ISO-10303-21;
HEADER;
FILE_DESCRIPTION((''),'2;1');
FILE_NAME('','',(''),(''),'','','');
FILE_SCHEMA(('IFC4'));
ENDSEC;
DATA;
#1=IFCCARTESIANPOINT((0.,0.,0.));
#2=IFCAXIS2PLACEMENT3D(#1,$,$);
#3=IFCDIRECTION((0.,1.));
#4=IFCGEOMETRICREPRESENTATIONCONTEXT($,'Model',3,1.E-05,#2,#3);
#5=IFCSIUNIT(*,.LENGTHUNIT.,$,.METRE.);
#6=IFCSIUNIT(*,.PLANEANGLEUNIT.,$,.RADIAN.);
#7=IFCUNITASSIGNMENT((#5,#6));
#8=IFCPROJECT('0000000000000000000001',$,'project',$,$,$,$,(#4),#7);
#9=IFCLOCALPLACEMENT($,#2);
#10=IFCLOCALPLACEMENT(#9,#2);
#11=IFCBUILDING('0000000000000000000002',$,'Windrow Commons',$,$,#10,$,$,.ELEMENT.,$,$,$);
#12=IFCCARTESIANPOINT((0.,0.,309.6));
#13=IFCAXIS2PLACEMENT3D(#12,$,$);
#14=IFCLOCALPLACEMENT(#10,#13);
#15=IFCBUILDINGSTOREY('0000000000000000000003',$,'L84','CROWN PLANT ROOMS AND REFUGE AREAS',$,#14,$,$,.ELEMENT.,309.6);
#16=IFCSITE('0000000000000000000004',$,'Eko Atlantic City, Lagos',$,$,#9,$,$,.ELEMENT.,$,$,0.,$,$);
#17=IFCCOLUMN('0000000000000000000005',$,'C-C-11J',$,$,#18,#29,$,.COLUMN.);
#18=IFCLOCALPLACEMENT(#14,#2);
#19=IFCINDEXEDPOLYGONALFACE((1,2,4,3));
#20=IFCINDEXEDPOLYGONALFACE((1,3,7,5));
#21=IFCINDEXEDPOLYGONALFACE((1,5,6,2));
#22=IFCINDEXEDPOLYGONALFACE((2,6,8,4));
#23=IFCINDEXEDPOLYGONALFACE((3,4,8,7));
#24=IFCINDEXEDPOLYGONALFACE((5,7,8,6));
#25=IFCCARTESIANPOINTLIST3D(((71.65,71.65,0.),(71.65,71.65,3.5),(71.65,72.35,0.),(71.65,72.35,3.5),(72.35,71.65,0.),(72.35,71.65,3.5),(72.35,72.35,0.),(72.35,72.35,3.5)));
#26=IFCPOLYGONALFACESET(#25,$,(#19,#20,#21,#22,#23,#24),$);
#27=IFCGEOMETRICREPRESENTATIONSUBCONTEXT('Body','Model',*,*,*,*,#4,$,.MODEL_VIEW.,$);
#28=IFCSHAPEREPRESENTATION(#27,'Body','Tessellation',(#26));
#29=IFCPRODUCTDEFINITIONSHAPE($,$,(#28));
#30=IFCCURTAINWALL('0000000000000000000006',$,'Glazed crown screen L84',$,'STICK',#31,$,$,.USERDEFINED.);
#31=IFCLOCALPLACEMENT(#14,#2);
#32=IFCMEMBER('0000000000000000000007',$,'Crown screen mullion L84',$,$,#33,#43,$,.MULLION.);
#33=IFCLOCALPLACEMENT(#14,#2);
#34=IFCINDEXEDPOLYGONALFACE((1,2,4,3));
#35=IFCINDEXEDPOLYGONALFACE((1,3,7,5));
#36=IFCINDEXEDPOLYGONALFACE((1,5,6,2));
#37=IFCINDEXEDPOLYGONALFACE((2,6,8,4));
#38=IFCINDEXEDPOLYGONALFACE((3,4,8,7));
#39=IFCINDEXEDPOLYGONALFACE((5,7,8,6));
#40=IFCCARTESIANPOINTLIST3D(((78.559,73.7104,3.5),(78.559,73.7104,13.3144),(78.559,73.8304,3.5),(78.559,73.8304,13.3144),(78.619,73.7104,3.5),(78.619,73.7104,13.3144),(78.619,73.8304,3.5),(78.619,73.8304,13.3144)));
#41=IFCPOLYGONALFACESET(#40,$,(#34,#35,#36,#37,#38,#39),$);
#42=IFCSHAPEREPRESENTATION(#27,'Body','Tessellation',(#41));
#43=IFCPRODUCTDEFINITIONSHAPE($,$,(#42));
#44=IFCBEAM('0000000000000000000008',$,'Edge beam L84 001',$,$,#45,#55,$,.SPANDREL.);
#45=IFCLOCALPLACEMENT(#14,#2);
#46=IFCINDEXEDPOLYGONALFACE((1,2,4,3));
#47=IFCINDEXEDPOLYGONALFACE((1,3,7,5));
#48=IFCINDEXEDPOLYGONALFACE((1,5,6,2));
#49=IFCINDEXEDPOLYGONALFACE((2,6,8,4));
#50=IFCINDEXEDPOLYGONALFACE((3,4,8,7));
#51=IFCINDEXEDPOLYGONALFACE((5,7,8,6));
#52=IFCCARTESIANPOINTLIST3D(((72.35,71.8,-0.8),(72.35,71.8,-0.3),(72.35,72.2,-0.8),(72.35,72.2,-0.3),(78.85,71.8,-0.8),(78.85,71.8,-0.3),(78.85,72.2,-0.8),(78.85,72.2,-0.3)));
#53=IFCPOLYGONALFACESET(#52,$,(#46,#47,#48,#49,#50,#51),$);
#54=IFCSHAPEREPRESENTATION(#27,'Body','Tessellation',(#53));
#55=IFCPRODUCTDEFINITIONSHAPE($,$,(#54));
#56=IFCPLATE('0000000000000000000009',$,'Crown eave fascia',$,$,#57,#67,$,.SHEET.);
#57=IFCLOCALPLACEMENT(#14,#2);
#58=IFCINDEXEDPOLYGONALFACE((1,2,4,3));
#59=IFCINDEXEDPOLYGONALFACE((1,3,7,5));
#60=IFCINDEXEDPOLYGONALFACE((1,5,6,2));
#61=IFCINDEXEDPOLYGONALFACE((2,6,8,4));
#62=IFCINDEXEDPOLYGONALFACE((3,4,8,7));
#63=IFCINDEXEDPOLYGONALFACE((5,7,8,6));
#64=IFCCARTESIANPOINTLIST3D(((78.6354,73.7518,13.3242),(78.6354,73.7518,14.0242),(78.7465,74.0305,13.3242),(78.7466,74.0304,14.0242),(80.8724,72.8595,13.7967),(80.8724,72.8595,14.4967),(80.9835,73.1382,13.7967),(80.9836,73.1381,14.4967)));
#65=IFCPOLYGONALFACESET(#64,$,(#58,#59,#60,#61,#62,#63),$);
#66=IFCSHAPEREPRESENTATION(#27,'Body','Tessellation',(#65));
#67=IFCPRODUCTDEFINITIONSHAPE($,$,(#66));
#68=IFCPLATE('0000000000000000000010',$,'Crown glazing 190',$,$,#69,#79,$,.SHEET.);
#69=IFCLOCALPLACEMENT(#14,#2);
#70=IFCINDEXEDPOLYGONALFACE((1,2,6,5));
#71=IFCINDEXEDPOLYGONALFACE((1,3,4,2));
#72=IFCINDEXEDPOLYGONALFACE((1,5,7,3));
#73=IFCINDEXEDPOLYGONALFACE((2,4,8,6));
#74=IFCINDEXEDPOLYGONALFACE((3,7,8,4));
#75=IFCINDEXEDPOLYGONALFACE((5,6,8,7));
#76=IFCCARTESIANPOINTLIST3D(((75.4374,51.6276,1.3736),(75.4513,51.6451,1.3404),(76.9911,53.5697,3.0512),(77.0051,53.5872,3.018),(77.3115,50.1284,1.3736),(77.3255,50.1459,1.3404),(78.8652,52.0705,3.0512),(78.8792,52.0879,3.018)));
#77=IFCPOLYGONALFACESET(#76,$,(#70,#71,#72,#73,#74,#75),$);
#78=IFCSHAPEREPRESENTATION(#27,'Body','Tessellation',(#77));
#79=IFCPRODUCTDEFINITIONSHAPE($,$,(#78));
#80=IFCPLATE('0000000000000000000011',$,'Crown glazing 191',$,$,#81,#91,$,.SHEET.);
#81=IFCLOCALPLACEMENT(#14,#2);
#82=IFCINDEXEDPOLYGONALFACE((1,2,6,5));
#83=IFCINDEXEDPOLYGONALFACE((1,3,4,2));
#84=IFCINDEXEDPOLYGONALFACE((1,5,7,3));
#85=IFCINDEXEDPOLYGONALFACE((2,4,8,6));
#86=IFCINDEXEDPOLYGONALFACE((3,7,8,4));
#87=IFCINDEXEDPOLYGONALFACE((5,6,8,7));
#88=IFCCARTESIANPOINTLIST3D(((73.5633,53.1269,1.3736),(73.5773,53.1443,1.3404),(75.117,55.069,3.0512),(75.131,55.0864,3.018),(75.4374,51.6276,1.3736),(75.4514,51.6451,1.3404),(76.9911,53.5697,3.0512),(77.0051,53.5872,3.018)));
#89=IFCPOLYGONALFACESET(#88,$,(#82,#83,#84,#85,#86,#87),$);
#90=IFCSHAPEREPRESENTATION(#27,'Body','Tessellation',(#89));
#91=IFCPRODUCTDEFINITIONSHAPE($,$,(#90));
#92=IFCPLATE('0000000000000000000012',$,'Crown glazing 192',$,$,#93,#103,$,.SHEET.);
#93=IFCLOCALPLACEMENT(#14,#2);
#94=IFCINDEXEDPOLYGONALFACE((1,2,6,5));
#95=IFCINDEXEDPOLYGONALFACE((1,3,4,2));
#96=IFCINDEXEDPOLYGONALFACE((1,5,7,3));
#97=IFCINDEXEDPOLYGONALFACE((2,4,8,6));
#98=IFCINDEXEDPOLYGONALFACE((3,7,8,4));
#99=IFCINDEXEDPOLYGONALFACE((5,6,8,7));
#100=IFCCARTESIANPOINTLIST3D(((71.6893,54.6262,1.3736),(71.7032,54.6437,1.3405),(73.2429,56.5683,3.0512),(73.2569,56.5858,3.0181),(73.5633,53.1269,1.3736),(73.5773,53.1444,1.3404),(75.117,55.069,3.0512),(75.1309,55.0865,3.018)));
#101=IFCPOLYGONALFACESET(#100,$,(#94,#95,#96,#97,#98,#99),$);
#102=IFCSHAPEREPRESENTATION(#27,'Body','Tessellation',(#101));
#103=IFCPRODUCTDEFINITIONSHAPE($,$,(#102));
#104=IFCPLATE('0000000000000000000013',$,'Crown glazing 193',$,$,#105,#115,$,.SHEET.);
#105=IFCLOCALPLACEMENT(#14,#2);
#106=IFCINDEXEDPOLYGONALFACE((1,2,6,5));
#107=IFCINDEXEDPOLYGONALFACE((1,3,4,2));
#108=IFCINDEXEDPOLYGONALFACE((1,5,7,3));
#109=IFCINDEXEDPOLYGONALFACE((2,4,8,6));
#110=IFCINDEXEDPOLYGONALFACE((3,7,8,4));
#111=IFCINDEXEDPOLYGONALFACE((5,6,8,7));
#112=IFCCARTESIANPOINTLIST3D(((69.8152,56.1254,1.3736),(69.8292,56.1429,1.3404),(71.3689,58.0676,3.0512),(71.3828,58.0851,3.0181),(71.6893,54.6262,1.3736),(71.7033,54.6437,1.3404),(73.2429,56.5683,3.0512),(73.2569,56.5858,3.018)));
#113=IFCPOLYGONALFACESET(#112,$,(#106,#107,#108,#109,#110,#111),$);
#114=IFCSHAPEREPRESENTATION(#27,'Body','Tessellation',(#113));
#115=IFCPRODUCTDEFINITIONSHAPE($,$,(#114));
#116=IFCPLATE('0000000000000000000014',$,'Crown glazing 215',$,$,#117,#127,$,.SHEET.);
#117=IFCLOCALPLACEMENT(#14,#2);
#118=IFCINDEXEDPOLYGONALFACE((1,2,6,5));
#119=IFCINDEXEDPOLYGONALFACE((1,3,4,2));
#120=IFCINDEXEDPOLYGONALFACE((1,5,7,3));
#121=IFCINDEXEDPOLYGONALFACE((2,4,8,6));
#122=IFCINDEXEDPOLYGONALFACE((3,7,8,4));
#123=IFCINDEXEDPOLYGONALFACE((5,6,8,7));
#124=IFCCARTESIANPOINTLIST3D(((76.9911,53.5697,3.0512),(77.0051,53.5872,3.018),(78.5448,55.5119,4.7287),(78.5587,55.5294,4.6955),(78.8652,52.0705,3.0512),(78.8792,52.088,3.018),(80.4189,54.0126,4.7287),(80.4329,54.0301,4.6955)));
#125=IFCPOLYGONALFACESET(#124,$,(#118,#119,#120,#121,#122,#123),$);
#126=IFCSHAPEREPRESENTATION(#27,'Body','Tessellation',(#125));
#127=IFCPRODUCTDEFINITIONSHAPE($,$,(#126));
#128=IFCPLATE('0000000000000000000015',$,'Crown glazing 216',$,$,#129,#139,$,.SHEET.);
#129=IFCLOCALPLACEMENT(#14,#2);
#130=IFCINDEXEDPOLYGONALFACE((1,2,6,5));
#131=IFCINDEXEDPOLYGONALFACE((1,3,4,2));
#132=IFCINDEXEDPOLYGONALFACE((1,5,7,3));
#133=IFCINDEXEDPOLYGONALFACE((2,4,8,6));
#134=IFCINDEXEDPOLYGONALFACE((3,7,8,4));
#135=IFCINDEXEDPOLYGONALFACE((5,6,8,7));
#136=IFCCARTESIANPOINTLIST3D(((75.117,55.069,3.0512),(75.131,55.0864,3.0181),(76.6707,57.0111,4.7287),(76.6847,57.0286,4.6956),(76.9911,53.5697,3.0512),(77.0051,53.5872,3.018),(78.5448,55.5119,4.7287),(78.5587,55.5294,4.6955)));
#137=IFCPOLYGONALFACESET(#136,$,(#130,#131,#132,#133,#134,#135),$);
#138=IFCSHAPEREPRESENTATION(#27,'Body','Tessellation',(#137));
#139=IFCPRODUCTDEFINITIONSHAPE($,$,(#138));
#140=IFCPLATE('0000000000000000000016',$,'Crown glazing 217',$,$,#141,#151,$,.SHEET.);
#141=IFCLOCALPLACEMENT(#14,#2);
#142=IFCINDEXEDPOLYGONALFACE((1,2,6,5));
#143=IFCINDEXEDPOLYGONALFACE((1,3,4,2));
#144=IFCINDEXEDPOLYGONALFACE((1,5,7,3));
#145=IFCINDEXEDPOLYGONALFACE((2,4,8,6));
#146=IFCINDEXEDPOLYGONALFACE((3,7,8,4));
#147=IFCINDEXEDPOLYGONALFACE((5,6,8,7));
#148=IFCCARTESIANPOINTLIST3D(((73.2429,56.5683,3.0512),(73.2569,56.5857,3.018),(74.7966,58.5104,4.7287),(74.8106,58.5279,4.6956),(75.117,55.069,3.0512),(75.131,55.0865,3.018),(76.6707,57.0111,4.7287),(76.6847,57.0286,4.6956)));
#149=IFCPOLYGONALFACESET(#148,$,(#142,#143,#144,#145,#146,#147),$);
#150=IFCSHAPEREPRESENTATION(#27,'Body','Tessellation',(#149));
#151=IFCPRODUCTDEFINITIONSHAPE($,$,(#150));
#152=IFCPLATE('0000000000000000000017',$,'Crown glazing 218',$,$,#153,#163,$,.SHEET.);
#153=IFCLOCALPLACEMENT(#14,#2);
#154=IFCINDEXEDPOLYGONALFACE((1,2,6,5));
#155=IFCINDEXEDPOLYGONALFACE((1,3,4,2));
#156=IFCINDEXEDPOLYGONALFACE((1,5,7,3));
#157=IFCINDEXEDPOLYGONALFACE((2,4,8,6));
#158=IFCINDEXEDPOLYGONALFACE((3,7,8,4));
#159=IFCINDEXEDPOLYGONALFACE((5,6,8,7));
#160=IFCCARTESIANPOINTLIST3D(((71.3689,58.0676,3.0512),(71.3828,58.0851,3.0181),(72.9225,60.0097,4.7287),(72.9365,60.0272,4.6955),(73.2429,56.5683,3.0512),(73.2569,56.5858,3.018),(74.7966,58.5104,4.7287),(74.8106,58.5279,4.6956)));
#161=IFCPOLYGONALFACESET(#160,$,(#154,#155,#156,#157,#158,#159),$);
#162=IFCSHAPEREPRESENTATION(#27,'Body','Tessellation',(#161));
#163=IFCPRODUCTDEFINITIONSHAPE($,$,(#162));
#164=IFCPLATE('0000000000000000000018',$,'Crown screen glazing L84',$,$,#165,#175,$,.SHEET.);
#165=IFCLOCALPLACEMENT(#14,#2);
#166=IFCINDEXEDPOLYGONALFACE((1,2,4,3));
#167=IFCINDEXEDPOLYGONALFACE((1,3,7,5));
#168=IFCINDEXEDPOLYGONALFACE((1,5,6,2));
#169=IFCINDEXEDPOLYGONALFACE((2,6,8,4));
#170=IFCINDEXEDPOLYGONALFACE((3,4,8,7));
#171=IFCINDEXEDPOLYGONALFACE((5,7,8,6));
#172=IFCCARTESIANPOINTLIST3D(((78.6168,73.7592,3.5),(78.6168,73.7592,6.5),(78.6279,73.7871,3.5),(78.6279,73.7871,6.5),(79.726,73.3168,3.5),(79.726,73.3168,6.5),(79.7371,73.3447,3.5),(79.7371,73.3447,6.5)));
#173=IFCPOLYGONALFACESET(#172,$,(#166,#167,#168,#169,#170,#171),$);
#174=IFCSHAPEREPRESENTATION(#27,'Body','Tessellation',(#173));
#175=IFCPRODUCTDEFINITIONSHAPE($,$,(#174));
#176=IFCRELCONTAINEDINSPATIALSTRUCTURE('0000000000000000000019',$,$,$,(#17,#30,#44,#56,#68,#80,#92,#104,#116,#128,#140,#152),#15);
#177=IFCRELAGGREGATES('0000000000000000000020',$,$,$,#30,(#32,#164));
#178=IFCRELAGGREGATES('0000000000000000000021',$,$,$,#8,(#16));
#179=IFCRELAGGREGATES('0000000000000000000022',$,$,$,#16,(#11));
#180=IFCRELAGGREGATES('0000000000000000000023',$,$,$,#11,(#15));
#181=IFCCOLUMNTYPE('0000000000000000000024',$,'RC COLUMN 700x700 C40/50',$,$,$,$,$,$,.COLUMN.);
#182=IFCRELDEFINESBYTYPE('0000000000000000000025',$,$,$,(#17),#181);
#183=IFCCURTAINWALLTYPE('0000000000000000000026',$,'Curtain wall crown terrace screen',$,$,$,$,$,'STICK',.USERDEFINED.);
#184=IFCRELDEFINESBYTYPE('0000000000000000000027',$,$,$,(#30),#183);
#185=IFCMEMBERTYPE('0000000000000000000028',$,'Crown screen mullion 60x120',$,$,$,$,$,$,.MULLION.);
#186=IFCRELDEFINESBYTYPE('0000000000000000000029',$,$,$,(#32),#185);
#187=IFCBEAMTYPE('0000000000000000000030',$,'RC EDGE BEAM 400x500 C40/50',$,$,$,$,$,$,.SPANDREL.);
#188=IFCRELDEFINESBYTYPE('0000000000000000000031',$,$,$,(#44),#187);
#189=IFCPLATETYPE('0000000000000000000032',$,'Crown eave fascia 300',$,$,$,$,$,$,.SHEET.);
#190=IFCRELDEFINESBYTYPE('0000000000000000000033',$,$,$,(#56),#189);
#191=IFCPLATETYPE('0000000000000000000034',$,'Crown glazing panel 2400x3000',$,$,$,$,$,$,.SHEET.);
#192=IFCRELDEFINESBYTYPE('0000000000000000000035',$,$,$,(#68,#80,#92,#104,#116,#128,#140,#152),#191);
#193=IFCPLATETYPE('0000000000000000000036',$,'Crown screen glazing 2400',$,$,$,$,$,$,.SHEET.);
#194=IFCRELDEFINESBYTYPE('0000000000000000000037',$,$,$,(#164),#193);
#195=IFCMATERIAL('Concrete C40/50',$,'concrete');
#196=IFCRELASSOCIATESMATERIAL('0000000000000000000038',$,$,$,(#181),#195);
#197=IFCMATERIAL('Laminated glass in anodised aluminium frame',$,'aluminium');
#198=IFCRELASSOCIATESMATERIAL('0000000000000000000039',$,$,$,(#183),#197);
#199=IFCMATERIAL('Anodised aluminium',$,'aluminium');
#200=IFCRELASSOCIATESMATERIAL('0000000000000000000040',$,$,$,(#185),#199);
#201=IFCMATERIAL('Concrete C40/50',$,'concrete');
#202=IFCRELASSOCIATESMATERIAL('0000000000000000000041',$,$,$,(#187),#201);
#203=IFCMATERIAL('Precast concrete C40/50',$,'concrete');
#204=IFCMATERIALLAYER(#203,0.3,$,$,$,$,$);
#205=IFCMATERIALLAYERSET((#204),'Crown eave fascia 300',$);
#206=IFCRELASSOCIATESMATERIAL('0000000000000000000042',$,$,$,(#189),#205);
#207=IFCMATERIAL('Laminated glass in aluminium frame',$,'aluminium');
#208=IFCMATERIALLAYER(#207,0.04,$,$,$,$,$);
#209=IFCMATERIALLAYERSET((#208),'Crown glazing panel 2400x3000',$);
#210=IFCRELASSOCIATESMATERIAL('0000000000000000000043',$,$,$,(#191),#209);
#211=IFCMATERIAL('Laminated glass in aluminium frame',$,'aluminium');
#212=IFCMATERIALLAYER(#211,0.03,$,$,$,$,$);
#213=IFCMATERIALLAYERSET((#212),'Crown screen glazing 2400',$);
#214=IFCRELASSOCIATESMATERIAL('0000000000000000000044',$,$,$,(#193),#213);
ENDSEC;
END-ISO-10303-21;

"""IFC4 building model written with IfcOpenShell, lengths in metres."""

from ifc_helpers import new_model, si_unit, direction, frame, origin, origin_2d, place, context, subcontext, project, spatial, polyline, rectangle, outline, extrude, material, layer, layer_set, material_profile, profile_set, type_object, element, aggregate, save


model = new_model("IFC4")

# Units and contexts
model_context = context("Model", 3, precision=1e-05, world=origin(), true_north=direction((0.0, 1.0)))
body_context = subcontext(model_context, "Body", "Model", "MODEL_VIEW")
ifc_project = project(units=[si_unit("LENGTHUNIT", "METRE"), si_unit("PLANEANGLEUNIT", "RADIAN")], contexts=[model_context])

# Site, building, storey
site_placement = place(None, origin())
site = spatial("IfcSite", under=ifc_project, at=site_placement, Name="Eko Atlantic City, Lagos", CompositionType="ELEMENT", RefElevation=0.0)
building_placement = place(site_placement, origin())
building = spatial("IfcBuilding", under=site, at=building_placement, Name="Windrow Commons", CompositionType="ELEMENT")
storey_placement = place(building_placement, frame((0.0, 0.0, 309.6)))
storey = spatial("IfcBuildingStorey", under=building, at=storey_placement, Name="L84", Description="CROWN PLANT ROOMS AND REFUGE AREAS", CompositionType="ELEMENT", Elevation=309.6)

# Column
ifc_material_1 = material(Name="Concrete C40/50", Category="concrete")
ifc_material_profile_1 = material_profile(ifc_material_1, rectangle(XDim=0.7, YDim=0.7, at=origin_2d()))
ifc_profile_set_1 = profile_set([ifc_material_profile_1], Name="Concrete C40/50")
column_type = type_object("IfcColumnType", Name="RC COLUMN 700x700 C40/50", PredefinedType="COLUMN", material=ifc_profile_set_1)
column_placement = place(storey_placement, frame((72.0, 72.0, 0.0), z_axis=(0.0, 0.0, 1.0), x_axis=(1.0, 0.0, 0.0)))
element("IfcColumn", 1, at=column_placement, inside=storey, type_object=column_type, Name="C-C-11J", PredefinedType="COLUMN", context=body_context, shape_type="SweptSolid", body=[
    extrude(rectangle(XDim=0.7, YDim=0.7, at=origin_2d()), origin(), (0.0, 0.0, 1.0), 3.5),
])

# Curtain wall, member
ifc_material_2 = material(Name="Laminated glass in anodised aluminium frame", Category="aluminium")
curtain_wall_type = type_object("IfcCurtainWallType", Name="Curtain wall crown terrace screen", ElementType="STICK", PredefinedType="USERDEFINED", material=ifc_material_2)
curtain_wall_placement = place(storey_placement, origin())
curtain_wall = element("IfcCurtainWall", 2, at=curtain_wall_placement, inside=storey, type_object=curtain_wall_type, Name="Glazed crown screen L84", ObjectType="STICK", PredefinedType="USERDEFINED")
ifc_material_3 = material(Name="Anodised aluminium", Category="aluminium")
ifc_material_profile_2 = material_profile(ifc_material_3, rectangle(XDim=0.06, YDim=0.12, at=origin_2d()))
ifc_profile_set_2 = profile_set([ifc_material_profile_2], Name="Anodised aluminium")
member_type = type_object("IfcMemberType", Name="Crown screen mullion 60x120", PredefinedType="MULLION", material=ifc_profile_set_2)
member_placement = place(storey_placement, frame((78.589, 73.7704, 3.5), z_axis=(0.0, 0.0, 1.0), x_axis=(1.0, 0.0, 0.0)))
member = element("IfcMember", 3, at=member_placement, type_object=member_type, Name="Crown screen mullion L84", PredefinedType="MULLION", context=body_context, shape_type="SweptSolid", body=[
    extrude(rectangle(XDim=0.06, YDim=0.12, at=origin_2d()), origin(), (0.0, 0.0, 1.0), 9.8144),
])

# Beam
ifc_material_4 = material(Name="Concrete C40/50", Category="concrete")
ifc_material_profile_3 = material_profile(ifc_material_4, rectangle(XDim=0.4, YDim=0.5, at=origin_2d()))
ifc_profile_set_3 = profile_set([ifc_material_profile_3], Name="Concrete C40/50")
beam_type = type_object("IfcBeamType", Name="RC EDGE BEAM 400x500 C40/50", PredefinedType="SPANDREL", material=ifc_profile_set_3)
beam_placement = place(storey_placement, frame((72.35, 72.0, -0.55), z_axis=(1.0, 0.0, 0.0), x_axis=(0.0, 1.0, 0.0)))
element("IfcBeam", 4, at=beam_placement, inside=storey, type_object=beam_type, Name="Edge beam L84 001", PredefinedType="SPANDREL", context=body_context, shape_type="SweptSolid", body=[
    extrude(rectangle(XDim=0.4, YDim=0.5, at=origin_2d()), origin(), (0.0, 0.0, 1.0), 6.5),
])

# Plates
ifc_material_5 = material(Name="Precast concrete C40/50", Category="concrete")
ifc_layer_1 = layer(ifc_material_5, 0.3)
ifc_layer_set_1 = layer_set([ifc_layer_1], Name="Crown eave fascia 300")
plate_type_1 = type_object("IfcPlateType", Name="Crown eave fascia 300", PredefinedType="SHEET", material=ifc_layer_set_1)
plate_1_placement = place(storey_placement, frame((78.6354, 73.7518, 13.3242), z_axis=(-0.370496, -0.928834, 0.0), x_axis=(0.911459, -0.363565, 0.192519)))
element("IfcPlate", 5, at=plate_1_placement, inside=storey, type_object=plate_type_1, Name="Crown eave fascia", PredefinedType="SHEET", context=body_context, shape_type="SweptSolid", body=[
    extrude(outline(polyline([(0.0, 0.0), (2.4543, 0.0), (2.5891, 0.6869), (0.1348, 0.6869), (0.0, 0.0)])), origin(), (0.0, 0.0, -1.0), 0.3),
])
ifc_material_6 = material(Name="Laminated glass in aluminium frame", Category="aluminium")
ifc_layer_2 = layer(ifc_material_6, 0.04)
ifc_layer_set_2 = layer_set([ifc_layer_2], Name="Crown glazing panel 2400x3000")
plate_type_2 = type_object("IfcPlateType", Name="Crown glazing panel 2400x3000", PredefinedType="SHEET", material=ifc_layer_set_2)
plate_2_placement = place(storey_placement, frame((77.3115, 50.1284, 1.3736), z_axis=(-0.349317, -0.436669, 0.829034), x_axis=(-0.780885, 0.624675, 0.0)))
element("IfcPlate", 6, at=plate_2_placement, inside=storey, type_object=plate_type_2, Name="Crown glazing 190", PredefinedType="SHEET", context=body_context, shape_type="SweptSolid", body=[
    extrude(outline(polyline([(0.0, 0.0), (2.4, 0.0), (2.3999, -3.0), (-0.0001, -3.0), (0.0, 0.0)])), origin(), (0.0, 0.0, -1.0), 0.04),
])
plate_3_placement = place(storey_placement, frame((75.4374, 51.6276, 1.3736), z_axis=(-0.349331, -0.436658, 0.829034), x_axis=(-0.780865, 0.6247, 0.0)))
element("IfcPlate", 7, at=plate_3_placement, inside=storey, type_object=plate_type_2, Name="Crown glazing 191", PredefinedType="SHEET", context=body_context, shape_type="SweptSolid", body=[
    extrude(outline(polyline([(0.0, 0.0), (2.4, 0.0), (2.4, -3.0), (0.0, -3.0), (0.0, 0.0)])), origin(), (0.0, 0.0, -1.0), 0.04),
])
plate_4_placement = place(storey_placement, frame((73.5633, 53.1269, 1.3736), z_axis=(-0.349339, -0.436657, 0.829031), x_axis=(-0.780851, 0.624717, 0.000006)))
element("IfcPlate", 8, at=plate_4_placement, inside=storey, type_object=plate_type_2, Name="Crown glazing 192", PredefinedType="SHEET", context=body_context, shape_type="SweptSolid", body=[
    extrude(outline(polyline([(0.0, 0.0), (2.4, 0.0), (2.4001, -3.0), (0.0001, -3.0), (0.0, 0.0)])), origin(), (0.0, 0.0, -1.0), 0.04),
])
plate_5_placement = place(storey_placement, frame((71.6893, 54.6262, 1.3736), z_axis=(-0.349329, -0.436658, 0.829035), x_axis=(-0.780879, 0.624682, -0.000014)))
element("IfcPlate", 9, at=plate_5_placement, inside=storey, type_object=plate_type_2, Name="Crown glazing 193", PredefinedType="SHEET", context=body_context, shape_type="SweptSolid", body=[
    extrude(outline(polyline([(0.0, 0.0), (2.4, 0.0), (2.4, -3.0001), (0.0, -3.0), (0.0, 0.0)])), origin(), (0.0, 0.0, -1.0), 0.04),
])
plate_6_placement = place(storey_placement, frame((78.8652, 52.0705, 3.0512), z_axis=(-0.349306, -0.436641, 0.829054), x_axis=(-0.780882, 0.624679, -0.000008)))
element("IfcPlate", 10, at=plate_6_placement, inside=storey, type_object=plate_type_2, Name="Crown glazing 215", PredefinedType="SHEET", context=body_context, shape_type="SweptSolid", body=[
    extrude(outline(polyline([(0.0, 0.0), (2.4, 0.0), (2.4, -3.0), (-0.0001, -3.0), (0.0, 0.0)])), origin(), (0.0, 0.0, -1.0), 0.04),
])
plate_7_placement = place(storey_placement, frame((76.9911, 53.5697, 3.0512), z_axis=(-0.349306, -0.436641, 0.829054), x_axis=(-0.780868, 0.624696, 0.000008)))
element("IfcPlate", 11, at=plate_7_placement, inside=storey, type_object=plate_type_2, Name="Crown glazing 216", PredefinedType="SHEET", context=body_context, shape_type="SweptSolid", body=[
    extrude(outline(polyline([(0.0, 0.0), (2.4, 0.0), (2.4, -3.0), (0.0001, -3.0), (0.0, 0.0)])), origin(), (0.0, 0.0, -1.0), 0.04),
])
plate_8_placement = place(storey_placement, frame((75.117, 55.069, 3.0512), z_axis=(-0.349316, -0.43664, 0.82905), x_axis=(-0.780865, 0.6247, 0.0)))
element("IfcPlate", 12, at=plate_8_placement, inside=storey, type_object=plate_type_2, Name="Crown glazing 217", PredefinedType="SHEET", context=body_context, shape_type="SweptSolid", body=[
    extrude(outline(polyline([(0.0, 0.0), (2.4, 0.0), (2.4, -3.0), (0.0, -3.0), (0.0, 0.0)])), origin(), (0.0, 0.0, -1.0), 0.04),
])
plate_9_placement = place(storey_placement, frame((73.2429, 56.5683, 3.0512), z_axis=(-0.349325, -0.436639, 0.829047), x_axis=(-0.780851, 0.624717, 0.000006)))
element("IfcPlate", 13, at=plate_9_placement, inside=storey, type_object=plate_type_2, Name="Crown glazing 218", PredefinedType="SHEET", context=body_context, shape_type="SweptSolid", body=[
    extrude(outline(polyline([(0.0, 0.0), (2.4, 0.0), (2.4001, -2.9999), (0.0001, -3.0), (0.0, 0.0)])), origin(), (0.0, 0.0, -1.0), 0.04),
])

# Plate
ifc_material_7 = material(Name="Laminated glass in aluminium frame", Category="aluminium")
ifc_layer_3 = layer(ifc_material_7, 0.03)
ifc_layer_set_3 = layer_set([ifc_layer_3], Name="Crown screen glazing 2400")
plate_type_3 = type_object("IfcPlateType", Name="Crown screen glazing 2400", PredefinedType="SHEET", material=ifc_layer_set_3)
plate_10_placement = place(storey_placement, frame((78.6168, 73.7592, 3.5), z_axis=(-0.370466, -0.928846, 0.0), x_axis=(0.928846, -0.370466, 0.0)))
plate_10 = element("IfcPlate", 14, at=plate_10_placement, type_object=plate_type_3, Name="Crown screen glazing L84", PredefinedType="SHEET", context=body_context, shape_type="SweptSolid", body=[
    extrude(outline(polyline([(0.0, 0.0), (1.1942, 0.0), (1.1942, 3.0), (0.0, 3.0), (0.0, 0.0)])), origin(), (0.0, 0.0, -1.0), 0.03),
])
aggregate(curtain_wall, [member, plate_10])

save(model, "model.ifc")
